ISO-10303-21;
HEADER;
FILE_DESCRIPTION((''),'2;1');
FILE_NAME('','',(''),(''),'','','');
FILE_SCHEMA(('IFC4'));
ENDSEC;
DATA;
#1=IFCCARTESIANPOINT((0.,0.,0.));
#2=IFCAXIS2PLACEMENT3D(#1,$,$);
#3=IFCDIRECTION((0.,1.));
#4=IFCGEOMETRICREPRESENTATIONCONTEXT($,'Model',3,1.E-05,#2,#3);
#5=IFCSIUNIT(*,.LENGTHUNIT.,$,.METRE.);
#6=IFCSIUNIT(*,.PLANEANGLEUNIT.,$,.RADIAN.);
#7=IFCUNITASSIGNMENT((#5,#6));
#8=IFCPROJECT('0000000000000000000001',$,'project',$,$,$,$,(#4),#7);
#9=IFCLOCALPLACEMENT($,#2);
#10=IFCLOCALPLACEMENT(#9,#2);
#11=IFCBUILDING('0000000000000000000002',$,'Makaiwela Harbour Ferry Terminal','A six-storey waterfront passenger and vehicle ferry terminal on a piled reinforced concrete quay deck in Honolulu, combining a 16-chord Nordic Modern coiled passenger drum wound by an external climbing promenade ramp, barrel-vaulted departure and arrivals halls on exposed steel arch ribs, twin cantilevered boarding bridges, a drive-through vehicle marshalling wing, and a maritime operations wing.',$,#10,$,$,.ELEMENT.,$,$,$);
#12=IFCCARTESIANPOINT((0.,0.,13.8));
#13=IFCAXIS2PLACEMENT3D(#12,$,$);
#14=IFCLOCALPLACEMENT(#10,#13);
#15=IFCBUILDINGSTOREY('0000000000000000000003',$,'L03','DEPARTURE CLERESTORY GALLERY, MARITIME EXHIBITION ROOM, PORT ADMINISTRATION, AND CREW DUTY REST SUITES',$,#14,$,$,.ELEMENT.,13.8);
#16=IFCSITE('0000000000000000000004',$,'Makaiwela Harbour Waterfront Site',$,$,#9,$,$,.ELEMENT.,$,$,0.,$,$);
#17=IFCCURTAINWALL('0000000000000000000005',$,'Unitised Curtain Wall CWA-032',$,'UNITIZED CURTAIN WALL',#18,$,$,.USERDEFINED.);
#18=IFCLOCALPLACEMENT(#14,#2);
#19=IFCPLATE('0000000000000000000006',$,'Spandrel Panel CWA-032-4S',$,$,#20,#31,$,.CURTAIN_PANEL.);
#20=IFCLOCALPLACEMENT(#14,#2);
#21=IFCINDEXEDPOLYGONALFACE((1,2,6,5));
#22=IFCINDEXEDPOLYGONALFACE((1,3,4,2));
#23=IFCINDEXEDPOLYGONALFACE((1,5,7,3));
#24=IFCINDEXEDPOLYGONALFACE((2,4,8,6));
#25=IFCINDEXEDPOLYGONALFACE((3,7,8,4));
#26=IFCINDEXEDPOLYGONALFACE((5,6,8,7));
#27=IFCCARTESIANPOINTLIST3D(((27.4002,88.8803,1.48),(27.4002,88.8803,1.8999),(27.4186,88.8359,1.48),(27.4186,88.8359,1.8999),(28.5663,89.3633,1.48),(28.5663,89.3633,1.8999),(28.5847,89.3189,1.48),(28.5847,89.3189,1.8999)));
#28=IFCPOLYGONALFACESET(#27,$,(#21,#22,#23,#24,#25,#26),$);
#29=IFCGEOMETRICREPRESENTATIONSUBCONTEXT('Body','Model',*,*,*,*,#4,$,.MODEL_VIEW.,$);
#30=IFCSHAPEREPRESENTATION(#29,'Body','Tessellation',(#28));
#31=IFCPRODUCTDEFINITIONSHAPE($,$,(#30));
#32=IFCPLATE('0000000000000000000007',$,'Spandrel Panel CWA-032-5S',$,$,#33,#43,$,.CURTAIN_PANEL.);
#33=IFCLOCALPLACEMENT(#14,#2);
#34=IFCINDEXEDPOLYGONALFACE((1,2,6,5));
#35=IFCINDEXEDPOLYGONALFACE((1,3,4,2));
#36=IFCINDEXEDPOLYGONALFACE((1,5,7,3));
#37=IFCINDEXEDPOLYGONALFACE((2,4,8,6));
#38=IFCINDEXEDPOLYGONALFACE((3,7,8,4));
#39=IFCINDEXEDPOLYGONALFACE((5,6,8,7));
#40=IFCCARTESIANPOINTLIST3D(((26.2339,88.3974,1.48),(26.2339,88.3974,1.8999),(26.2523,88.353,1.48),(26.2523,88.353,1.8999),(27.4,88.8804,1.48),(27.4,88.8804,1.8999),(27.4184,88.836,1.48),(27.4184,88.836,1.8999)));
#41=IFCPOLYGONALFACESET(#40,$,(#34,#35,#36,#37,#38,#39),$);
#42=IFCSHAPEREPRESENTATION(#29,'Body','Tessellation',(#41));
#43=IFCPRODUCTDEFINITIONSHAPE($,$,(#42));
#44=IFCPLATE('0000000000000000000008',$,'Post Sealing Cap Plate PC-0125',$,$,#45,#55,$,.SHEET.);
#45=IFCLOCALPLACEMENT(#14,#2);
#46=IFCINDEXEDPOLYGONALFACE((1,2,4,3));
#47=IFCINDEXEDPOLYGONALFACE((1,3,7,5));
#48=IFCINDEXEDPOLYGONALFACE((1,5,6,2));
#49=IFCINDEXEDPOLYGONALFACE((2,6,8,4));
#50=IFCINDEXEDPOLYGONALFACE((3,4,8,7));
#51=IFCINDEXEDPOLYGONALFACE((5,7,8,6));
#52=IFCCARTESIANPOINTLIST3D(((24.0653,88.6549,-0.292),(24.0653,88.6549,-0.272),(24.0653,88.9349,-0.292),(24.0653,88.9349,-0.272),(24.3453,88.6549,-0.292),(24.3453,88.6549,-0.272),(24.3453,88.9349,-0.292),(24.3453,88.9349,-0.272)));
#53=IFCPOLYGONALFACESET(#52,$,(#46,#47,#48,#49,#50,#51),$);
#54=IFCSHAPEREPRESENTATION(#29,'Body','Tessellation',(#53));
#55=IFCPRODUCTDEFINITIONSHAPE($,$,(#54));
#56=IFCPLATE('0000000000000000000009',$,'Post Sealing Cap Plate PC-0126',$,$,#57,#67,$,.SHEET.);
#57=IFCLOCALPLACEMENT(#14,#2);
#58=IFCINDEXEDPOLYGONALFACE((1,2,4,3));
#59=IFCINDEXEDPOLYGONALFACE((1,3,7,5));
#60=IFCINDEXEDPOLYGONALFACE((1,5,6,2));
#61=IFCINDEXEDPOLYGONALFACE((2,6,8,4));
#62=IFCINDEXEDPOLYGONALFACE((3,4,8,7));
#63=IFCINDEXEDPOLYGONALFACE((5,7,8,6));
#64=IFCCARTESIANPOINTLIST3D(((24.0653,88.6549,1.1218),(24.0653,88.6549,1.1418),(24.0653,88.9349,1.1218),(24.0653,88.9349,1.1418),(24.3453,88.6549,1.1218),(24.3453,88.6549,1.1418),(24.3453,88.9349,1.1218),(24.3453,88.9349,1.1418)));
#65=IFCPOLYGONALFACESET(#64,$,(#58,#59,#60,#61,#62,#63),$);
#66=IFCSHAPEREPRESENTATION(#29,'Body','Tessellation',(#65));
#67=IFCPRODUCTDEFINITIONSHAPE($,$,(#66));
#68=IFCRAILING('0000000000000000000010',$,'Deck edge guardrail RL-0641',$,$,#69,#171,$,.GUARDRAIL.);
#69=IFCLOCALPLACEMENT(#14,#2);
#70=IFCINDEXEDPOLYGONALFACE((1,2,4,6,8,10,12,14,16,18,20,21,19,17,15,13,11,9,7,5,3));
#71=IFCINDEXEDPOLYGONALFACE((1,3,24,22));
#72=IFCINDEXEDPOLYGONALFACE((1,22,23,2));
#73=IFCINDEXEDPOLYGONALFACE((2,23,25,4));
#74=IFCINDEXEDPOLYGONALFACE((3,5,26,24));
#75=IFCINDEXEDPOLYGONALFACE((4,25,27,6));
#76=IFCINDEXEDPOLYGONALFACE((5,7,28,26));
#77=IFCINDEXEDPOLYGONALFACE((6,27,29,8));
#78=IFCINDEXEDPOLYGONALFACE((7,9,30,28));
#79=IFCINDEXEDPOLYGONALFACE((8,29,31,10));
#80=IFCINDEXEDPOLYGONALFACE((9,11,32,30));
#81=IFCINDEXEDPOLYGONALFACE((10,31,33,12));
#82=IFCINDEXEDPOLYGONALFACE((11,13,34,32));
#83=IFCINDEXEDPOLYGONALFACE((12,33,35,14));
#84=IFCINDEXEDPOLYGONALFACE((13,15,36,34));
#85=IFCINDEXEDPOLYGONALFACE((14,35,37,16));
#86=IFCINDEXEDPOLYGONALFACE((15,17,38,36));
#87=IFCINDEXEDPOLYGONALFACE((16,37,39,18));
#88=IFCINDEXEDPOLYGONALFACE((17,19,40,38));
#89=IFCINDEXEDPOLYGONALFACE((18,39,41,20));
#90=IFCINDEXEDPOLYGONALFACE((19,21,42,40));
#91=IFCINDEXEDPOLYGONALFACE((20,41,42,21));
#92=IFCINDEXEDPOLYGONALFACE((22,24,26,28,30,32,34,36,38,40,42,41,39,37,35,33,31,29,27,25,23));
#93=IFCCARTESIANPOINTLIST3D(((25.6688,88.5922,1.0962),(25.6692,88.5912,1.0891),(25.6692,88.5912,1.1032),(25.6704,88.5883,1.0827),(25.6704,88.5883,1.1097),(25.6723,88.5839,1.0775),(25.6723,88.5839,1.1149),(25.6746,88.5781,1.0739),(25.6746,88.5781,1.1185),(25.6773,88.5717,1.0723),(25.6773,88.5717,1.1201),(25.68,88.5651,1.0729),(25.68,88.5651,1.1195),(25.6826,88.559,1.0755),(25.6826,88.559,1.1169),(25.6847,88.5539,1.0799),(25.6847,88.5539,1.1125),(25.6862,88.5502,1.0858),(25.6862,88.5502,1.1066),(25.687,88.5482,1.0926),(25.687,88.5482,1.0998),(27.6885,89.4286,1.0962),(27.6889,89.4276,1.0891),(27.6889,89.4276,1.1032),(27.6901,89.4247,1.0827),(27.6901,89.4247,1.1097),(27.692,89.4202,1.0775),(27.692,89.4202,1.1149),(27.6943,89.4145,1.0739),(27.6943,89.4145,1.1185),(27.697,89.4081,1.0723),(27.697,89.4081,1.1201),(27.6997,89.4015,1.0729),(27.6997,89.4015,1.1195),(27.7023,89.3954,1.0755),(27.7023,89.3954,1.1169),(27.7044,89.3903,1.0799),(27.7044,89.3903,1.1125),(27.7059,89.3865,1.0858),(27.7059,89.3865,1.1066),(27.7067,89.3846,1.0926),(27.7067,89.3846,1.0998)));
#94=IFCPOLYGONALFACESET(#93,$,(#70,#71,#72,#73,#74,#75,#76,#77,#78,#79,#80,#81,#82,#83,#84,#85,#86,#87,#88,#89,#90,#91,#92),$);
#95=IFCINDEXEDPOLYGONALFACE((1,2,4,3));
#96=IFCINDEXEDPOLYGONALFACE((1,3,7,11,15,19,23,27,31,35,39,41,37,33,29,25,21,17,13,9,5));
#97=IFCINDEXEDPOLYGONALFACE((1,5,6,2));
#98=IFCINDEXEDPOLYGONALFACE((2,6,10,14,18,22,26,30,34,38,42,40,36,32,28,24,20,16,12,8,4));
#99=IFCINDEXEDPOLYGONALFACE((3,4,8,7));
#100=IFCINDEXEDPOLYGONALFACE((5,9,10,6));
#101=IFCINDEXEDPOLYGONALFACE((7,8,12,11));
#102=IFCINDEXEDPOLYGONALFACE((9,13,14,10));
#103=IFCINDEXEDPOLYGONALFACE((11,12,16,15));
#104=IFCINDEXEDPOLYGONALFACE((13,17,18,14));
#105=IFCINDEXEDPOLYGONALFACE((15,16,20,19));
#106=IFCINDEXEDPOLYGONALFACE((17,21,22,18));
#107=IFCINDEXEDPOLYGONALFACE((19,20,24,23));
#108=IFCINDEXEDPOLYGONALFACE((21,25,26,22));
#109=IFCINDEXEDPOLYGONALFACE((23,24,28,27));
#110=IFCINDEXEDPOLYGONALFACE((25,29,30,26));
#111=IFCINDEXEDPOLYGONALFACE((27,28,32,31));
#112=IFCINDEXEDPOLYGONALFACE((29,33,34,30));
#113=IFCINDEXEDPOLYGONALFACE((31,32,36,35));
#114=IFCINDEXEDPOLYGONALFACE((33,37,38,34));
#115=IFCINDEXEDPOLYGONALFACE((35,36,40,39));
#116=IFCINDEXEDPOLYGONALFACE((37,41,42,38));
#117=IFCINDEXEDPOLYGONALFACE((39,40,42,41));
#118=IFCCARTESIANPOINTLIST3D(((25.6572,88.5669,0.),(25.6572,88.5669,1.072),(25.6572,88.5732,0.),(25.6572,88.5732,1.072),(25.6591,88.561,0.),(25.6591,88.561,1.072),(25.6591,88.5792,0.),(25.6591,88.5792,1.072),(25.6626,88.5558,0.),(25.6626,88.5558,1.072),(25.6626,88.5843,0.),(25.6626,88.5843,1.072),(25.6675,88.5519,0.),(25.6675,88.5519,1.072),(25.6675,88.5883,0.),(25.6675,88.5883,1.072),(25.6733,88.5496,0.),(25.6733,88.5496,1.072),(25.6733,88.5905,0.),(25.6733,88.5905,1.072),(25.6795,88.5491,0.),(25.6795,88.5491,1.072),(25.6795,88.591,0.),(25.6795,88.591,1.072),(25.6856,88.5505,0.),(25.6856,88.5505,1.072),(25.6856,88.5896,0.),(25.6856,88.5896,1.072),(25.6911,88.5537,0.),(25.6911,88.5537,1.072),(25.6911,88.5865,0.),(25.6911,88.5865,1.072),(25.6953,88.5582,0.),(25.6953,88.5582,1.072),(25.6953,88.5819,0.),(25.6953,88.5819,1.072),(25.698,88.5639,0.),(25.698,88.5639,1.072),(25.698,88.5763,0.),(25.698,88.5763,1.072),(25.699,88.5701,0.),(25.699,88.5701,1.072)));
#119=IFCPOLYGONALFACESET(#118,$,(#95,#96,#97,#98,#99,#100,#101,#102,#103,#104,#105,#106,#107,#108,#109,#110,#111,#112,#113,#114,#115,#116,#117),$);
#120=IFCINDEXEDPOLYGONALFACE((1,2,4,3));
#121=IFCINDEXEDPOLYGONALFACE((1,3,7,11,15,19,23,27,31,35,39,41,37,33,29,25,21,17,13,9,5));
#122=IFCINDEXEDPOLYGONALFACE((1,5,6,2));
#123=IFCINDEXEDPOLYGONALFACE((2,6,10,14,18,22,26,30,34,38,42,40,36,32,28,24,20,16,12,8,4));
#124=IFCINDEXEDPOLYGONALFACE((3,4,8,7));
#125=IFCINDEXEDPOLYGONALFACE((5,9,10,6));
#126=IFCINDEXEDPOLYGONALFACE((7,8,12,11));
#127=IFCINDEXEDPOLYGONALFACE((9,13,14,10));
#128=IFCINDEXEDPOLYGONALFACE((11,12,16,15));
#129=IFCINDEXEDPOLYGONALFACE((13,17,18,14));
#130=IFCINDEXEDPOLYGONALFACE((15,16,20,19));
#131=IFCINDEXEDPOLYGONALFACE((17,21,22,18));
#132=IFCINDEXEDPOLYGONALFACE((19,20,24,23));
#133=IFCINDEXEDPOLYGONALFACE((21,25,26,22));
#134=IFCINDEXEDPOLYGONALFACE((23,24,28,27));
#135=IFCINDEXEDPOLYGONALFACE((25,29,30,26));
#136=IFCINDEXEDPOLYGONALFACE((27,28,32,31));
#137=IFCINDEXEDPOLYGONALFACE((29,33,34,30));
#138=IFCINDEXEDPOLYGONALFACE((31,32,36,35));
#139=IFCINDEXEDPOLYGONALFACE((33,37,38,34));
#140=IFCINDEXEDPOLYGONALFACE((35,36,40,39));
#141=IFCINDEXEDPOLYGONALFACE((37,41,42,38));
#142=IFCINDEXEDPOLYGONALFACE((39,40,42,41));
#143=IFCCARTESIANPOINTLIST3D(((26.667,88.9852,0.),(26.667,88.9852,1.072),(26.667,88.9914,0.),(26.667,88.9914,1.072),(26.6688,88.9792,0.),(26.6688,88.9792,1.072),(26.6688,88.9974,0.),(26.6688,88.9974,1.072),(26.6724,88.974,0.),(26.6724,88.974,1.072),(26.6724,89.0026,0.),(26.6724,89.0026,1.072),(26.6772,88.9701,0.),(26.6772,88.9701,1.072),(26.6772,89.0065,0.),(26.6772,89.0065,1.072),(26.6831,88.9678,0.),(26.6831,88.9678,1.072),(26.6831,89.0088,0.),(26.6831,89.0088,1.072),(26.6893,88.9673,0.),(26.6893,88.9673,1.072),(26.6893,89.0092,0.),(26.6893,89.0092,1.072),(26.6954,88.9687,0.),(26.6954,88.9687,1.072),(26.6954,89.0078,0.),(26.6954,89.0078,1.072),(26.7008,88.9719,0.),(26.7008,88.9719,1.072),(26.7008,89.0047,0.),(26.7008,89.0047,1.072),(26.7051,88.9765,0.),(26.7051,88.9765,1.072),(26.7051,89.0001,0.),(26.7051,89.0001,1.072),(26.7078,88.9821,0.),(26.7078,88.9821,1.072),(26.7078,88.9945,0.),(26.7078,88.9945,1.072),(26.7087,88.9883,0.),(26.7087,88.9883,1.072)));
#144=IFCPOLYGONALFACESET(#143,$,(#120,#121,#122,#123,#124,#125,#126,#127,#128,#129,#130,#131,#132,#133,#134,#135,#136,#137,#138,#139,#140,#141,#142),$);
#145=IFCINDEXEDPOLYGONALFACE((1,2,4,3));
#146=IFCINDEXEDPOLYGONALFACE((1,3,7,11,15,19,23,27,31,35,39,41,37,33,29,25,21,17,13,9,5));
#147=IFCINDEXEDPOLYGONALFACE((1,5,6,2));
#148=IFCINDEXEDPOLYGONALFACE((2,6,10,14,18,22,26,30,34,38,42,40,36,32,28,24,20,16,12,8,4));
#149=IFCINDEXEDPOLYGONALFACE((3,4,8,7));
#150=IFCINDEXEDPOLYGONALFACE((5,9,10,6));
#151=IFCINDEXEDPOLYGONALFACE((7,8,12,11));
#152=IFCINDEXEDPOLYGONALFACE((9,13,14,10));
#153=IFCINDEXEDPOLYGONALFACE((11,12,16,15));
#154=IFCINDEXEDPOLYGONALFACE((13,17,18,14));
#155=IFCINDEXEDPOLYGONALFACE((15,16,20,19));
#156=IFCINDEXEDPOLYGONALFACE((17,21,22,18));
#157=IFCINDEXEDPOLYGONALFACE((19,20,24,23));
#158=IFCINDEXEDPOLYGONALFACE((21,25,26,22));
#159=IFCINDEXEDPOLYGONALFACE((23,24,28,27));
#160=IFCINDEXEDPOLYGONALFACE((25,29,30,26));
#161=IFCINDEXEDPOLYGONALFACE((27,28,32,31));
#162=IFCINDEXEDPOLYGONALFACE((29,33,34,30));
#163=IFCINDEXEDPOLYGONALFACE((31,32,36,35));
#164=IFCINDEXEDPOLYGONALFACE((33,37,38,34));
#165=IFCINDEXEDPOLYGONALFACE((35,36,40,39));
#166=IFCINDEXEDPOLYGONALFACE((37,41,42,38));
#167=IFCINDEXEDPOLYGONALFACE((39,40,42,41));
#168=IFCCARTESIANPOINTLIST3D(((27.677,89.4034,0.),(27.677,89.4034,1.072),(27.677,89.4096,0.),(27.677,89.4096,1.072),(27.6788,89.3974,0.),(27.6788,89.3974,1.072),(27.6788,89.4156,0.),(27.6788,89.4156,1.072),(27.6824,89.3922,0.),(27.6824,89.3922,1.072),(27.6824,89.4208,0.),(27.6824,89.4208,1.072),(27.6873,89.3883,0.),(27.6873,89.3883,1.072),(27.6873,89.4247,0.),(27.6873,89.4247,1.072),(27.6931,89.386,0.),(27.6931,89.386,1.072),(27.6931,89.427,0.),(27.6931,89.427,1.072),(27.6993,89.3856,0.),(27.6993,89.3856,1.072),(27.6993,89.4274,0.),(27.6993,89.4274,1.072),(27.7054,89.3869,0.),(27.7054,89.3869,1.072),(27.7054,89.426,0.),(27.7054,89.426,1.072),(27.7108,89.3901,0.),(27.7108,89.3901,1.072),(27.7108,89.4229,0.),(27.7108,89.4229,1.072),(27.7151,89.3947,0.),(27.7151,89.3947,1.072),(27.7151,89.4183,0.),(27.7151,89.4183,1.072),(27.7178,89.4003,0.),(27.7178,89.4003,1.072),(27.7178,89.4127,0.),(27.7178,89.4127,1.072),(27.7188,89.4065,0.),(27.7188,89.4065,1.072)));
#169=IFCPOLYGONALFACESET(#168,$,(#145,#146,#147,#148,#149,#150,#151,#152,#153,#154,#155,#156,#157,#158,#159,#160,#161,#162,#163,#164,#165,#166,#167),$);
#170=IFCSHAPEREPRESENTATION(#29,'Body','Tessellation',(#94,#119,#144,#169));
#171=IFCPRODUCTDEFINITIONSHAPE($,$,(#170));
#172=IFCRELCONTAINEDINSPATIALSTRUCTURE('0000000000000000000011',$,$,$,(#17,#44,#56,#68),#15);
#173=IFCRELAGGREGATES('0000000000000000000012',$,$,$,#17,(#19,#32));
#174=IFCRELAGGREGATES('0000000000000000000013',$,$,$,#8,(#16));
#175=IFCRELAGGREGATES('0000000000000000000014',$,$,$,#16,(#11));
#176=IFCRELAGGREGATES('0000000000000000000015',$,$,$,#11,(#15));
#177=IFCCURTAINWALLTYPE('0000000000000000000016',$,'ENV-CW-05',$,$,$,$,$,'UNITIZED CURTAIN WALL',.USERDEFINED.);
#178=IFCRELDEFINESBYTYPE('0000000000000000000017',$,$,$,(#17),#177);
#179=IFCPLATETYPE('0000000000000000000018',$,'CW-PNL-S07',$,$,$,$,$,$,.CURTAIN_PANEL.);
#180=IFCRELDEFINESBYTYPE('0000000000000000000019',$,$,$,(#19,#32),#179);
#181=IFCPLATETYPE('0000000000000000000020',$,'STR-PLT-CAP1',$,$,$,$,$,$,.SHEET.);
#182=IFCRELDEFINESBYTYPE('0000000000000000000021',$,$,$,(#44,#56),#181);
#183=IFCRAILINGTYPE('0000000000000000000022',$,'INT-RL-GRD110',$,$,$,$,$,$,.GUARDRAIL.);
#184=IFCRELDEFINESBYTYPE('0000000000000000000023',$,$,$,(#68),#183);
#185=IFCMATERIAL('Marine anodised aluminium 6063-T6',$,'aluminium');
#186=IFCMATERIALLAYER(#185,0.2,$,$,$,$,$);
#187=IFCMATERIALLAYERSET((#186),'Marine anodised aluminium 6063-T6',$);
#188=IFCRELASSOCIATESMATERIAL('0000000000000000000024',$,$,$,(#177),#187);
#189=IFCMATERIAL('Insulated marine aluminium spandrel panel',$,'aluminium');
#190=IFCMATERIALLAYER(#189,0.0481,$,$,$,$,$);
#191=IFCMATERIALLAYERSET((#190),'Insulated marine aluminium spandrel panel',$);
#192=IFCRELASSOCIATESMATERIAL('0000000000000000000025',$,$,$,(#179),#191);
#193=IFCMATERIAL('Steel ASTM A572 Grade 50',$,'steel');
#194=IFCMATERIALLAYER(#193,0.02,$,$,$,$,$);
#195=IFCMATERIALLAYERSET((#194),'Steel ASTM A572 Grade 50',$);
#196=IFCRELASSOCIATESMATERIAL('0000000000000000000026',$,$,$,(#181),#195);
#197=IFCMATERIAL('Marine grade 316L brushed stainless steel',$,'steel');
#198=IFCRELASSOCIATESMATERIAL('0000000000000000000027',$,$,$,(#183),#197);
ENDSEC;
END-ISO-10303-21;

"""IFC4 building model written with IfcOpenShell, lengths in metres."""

from ifc_helpers import new_model, si_unit, direction, frame, origin, origin_2d, place, context, subcontext, project, spatial, rectangle, circle, extrude, material, layer, layer_set, type_object, element, aggregate, save


model = new_model("IFC4")

# Units and contexts
model_context = context("Model", 3, precision=1e-05, world=origin(), true_north=direction((0.0, 1.0)))
body_context = subcontext(model_context, "Body", "Model", "MODEL_VIEW")
ifc_project = project(units=[si_unit("LENGTHUNIT", "METRE"), si_unit("PLANEANGLEUNIT", "RADIAN")], contexts=[model_context])

# Site, building, storey
site_placement = place(None, origin())
site = spatial("IfcSite", under=ifc_project, at=site_placement, Name="Makaiwela Harbour Waterfront Site", CompositionType="ELEMENT", RefElevation=0.0)
building_placement = place(site_placement, origin())
building = spatial("IfcBuilding", under=site, at=building_placement, Name="Makaiwela Harbour Ferry Terminal", Description="A six-storey waterfront passenger and vehicle ferry terminal on a piled reinforced concrete quay deck in Honolulu, combining a 16-chord Nordic Modern coiled passenger drum wound by an external climbing promenade ramp, barrel-vaulted departure and arrivals halls on exposed steel arch ribs, twin cantilevered boarding bridges, a drive-through vehicle marshalling wing, and a maritime operations wing.", CompositionType="ELEMENT")
storey_placement = place(building_placement, frame((0.0, 0.0, 13.8)))
storey = spatial("IfcBuildingStorey", under=building, at=storey_placement, Name="L03", Description="DEPARTURE CLERESTORY GALLERY, MARITIME EXHIBITION ROOM, PORT ADMINISTRATION, AND CREW DUTY REST SUITES", CompositionType="ELEMENT", Elevation=13.8)

# Curtain wall
ifc_material_1 = material(Name="Marine anodised aluminium 6063-T6", Category="aluminium")
ifc_layer_1 = layer(ifc_material_1, 0.2)
ifc_layer_set_1 = layer_set([ifc_layer_1], Name="Marine anodised aluminium 6063-T6")
curtain_wall_type = type_object("IfcCurtainWallType", Name="ENV-CW-05", ElementType="UNITIZED CURTAIN WALL", PredefinedType="USERDEFINED", material=ifc_layer_set_1)
curtain_wall_placement = place(storey_placement, origin())
curtain_wall = element("IfcCurtainWall", 1, at=curtain_wall_placement, inside=storey, type_object=curtain_wall_type, Name="Unitised Curtain Wall CWA-032", ObjectType="UNITIZED CURTAIN WALL", PredefinedType="USERDEFINED")

# Plates
ifc_material_2 = material(Name="Insulated marine aluminium spandrel panel", Category="aluminium")
ifc_layer_2 = layer(ifc_material_2, 0.0481)
ifc_layer_set_2 = layer_set([ifc_layer_2], Name="Insulated marine aluminium spandrel panel")
plate_type_1 = type_object("IfcPlateType", Name="CW-PNL-S07", PredefinedType="CURTAIN_PANEL", material=ifc_layer_set_2)
plate_1_placement = place(storey_placement, frame((27.9924, 89.0996, 1.48), z_axis=(0.0, 0.0, 1.0), x_axis=(-0.92388, -0.382683, 0.0)))
plate_1 = element("IfcPlate", 2, at=plate_1_placement, type_object=plate_type_1, Name="Spandrel Panel CWA-032-4S", PredefinedType="CURTAIN_PANEL", context=body_context, shape_type="SweptSolid", body=[
    extrude(rectangle(XDim=1.2622, YDim=0.0481, at=origin_2d()), origin(), (0.0, 0.0, 1.0), 0.4199),
])
plate_2_placement = place(storey_placement, frame((26.8262, 88.6167, 1.48), z_axis=(0.0, 0.0, 1.0), x_axis=(-0.92388, -0.382683, 0.0)))
plate_2 = element("IfcPlate", 3, at=plate_2_placement, type_object=plate_type_1, Name="Spandrel Panel CWA-032-5S", PredefinedType="CURTAIN_PANEL", context=body_context, shape_type="SweptSolid", body=[
    extrude(rectangle(XDim=1.2622, YDim=0.0481, at=origin_2d()), origin(), (0.0, 0.0, 1.0), 0.4199),
])
aggregate(curtain_wall, [plate_1, plate_2])

# Plates
ifc_material_3 = material(Name="Steel ASTM A572 Grade 50", Category="steel")
ifc_layer_3 = layer(ifc_material_3, 0.02)
ifc_layer_set_3 = layer_set([ifc_layer_3], Name="Steel ASTM A572 Grade 50")
plate_type_2 = type_object("IfcPlateType", Name="STR-PLT-CAP1", PredefinedType="SHEET", material=ifc_layer_set_3)
for number, where, z_axis, x_axis, name in (
    (4, (24.2053, 88.7949, -0.292), (0.0, 0.0, 1.0), (1.0, 0.0, 0.0), "Post Sealing Cap Plate PC-0125"),
    (5, (24.2053, 88.7949, 1.1218), (0.0, 0.0, 1.0), (1.0, 0.0, 0.0), "Post Sealing Cap Plate PC-0126"),
):
    element("IfcPlate", number, at=place(storey_placement, frame(where, z_axis=z_axis, x_axis=x_axis)), inside=storey, type_object=plate_type_2, Name=name, PredefinedType="SHEET", context=body_context, shape_type="SweptSolid", body=[
        extrude(rectangle(XDim=0.28, YDim=0.28, at=origin_2d()), origin(), (0.0, 0.0, 1.0), 0.02),
    ])

# Railing
ifc_material_4 = material(Name="Marine grade 316L brushed stainless steel", Category="steel")
railing_type = type_object("IfcRailingType", Name="INT-RL-GRD110", PredefinedType="GUARDRAIL", material=ifc_material_4)
railing_1_placement = place(storey_placement, frame((25.678, 88.5701, 0.0)))
element("IfcRailing", 6, at=railing_1_placement, inside=storey, type_object=railing_type, Name="Deck edge guardrail RL-0641", PredefinedType="GUARDRAIL", context=body_context, shape_type="SweptSolid", body=[
    extrude(circle(Radius=0.0239, at=origin_2d()), frame((0.0, 0.0, 1.0962), z_axis=(0.923911, 0.382608, 0.0), x_axis=(-0.382608, 0.923911, 0.0)), (0.0, 0.0, 1.0), 2.186),
    extrude(circle(Radius=0.021, at=origin_2d()), origin(), (0.0, 0.0, 1.0), 1.072),
    extrude(circle(Radius=0.021, at=origin_2d()), frame((1.0098, 0.4182, 0.0)), (0.0, 0.0, 1.0), 1.072),
    extrude(circle(Radius=0.021, at=origin_2d()), frame((2.0198, 0.8364, 0.0)), (0.0, 0.0, 1.0), 1.072),
])

save(model, "model.ifc")
